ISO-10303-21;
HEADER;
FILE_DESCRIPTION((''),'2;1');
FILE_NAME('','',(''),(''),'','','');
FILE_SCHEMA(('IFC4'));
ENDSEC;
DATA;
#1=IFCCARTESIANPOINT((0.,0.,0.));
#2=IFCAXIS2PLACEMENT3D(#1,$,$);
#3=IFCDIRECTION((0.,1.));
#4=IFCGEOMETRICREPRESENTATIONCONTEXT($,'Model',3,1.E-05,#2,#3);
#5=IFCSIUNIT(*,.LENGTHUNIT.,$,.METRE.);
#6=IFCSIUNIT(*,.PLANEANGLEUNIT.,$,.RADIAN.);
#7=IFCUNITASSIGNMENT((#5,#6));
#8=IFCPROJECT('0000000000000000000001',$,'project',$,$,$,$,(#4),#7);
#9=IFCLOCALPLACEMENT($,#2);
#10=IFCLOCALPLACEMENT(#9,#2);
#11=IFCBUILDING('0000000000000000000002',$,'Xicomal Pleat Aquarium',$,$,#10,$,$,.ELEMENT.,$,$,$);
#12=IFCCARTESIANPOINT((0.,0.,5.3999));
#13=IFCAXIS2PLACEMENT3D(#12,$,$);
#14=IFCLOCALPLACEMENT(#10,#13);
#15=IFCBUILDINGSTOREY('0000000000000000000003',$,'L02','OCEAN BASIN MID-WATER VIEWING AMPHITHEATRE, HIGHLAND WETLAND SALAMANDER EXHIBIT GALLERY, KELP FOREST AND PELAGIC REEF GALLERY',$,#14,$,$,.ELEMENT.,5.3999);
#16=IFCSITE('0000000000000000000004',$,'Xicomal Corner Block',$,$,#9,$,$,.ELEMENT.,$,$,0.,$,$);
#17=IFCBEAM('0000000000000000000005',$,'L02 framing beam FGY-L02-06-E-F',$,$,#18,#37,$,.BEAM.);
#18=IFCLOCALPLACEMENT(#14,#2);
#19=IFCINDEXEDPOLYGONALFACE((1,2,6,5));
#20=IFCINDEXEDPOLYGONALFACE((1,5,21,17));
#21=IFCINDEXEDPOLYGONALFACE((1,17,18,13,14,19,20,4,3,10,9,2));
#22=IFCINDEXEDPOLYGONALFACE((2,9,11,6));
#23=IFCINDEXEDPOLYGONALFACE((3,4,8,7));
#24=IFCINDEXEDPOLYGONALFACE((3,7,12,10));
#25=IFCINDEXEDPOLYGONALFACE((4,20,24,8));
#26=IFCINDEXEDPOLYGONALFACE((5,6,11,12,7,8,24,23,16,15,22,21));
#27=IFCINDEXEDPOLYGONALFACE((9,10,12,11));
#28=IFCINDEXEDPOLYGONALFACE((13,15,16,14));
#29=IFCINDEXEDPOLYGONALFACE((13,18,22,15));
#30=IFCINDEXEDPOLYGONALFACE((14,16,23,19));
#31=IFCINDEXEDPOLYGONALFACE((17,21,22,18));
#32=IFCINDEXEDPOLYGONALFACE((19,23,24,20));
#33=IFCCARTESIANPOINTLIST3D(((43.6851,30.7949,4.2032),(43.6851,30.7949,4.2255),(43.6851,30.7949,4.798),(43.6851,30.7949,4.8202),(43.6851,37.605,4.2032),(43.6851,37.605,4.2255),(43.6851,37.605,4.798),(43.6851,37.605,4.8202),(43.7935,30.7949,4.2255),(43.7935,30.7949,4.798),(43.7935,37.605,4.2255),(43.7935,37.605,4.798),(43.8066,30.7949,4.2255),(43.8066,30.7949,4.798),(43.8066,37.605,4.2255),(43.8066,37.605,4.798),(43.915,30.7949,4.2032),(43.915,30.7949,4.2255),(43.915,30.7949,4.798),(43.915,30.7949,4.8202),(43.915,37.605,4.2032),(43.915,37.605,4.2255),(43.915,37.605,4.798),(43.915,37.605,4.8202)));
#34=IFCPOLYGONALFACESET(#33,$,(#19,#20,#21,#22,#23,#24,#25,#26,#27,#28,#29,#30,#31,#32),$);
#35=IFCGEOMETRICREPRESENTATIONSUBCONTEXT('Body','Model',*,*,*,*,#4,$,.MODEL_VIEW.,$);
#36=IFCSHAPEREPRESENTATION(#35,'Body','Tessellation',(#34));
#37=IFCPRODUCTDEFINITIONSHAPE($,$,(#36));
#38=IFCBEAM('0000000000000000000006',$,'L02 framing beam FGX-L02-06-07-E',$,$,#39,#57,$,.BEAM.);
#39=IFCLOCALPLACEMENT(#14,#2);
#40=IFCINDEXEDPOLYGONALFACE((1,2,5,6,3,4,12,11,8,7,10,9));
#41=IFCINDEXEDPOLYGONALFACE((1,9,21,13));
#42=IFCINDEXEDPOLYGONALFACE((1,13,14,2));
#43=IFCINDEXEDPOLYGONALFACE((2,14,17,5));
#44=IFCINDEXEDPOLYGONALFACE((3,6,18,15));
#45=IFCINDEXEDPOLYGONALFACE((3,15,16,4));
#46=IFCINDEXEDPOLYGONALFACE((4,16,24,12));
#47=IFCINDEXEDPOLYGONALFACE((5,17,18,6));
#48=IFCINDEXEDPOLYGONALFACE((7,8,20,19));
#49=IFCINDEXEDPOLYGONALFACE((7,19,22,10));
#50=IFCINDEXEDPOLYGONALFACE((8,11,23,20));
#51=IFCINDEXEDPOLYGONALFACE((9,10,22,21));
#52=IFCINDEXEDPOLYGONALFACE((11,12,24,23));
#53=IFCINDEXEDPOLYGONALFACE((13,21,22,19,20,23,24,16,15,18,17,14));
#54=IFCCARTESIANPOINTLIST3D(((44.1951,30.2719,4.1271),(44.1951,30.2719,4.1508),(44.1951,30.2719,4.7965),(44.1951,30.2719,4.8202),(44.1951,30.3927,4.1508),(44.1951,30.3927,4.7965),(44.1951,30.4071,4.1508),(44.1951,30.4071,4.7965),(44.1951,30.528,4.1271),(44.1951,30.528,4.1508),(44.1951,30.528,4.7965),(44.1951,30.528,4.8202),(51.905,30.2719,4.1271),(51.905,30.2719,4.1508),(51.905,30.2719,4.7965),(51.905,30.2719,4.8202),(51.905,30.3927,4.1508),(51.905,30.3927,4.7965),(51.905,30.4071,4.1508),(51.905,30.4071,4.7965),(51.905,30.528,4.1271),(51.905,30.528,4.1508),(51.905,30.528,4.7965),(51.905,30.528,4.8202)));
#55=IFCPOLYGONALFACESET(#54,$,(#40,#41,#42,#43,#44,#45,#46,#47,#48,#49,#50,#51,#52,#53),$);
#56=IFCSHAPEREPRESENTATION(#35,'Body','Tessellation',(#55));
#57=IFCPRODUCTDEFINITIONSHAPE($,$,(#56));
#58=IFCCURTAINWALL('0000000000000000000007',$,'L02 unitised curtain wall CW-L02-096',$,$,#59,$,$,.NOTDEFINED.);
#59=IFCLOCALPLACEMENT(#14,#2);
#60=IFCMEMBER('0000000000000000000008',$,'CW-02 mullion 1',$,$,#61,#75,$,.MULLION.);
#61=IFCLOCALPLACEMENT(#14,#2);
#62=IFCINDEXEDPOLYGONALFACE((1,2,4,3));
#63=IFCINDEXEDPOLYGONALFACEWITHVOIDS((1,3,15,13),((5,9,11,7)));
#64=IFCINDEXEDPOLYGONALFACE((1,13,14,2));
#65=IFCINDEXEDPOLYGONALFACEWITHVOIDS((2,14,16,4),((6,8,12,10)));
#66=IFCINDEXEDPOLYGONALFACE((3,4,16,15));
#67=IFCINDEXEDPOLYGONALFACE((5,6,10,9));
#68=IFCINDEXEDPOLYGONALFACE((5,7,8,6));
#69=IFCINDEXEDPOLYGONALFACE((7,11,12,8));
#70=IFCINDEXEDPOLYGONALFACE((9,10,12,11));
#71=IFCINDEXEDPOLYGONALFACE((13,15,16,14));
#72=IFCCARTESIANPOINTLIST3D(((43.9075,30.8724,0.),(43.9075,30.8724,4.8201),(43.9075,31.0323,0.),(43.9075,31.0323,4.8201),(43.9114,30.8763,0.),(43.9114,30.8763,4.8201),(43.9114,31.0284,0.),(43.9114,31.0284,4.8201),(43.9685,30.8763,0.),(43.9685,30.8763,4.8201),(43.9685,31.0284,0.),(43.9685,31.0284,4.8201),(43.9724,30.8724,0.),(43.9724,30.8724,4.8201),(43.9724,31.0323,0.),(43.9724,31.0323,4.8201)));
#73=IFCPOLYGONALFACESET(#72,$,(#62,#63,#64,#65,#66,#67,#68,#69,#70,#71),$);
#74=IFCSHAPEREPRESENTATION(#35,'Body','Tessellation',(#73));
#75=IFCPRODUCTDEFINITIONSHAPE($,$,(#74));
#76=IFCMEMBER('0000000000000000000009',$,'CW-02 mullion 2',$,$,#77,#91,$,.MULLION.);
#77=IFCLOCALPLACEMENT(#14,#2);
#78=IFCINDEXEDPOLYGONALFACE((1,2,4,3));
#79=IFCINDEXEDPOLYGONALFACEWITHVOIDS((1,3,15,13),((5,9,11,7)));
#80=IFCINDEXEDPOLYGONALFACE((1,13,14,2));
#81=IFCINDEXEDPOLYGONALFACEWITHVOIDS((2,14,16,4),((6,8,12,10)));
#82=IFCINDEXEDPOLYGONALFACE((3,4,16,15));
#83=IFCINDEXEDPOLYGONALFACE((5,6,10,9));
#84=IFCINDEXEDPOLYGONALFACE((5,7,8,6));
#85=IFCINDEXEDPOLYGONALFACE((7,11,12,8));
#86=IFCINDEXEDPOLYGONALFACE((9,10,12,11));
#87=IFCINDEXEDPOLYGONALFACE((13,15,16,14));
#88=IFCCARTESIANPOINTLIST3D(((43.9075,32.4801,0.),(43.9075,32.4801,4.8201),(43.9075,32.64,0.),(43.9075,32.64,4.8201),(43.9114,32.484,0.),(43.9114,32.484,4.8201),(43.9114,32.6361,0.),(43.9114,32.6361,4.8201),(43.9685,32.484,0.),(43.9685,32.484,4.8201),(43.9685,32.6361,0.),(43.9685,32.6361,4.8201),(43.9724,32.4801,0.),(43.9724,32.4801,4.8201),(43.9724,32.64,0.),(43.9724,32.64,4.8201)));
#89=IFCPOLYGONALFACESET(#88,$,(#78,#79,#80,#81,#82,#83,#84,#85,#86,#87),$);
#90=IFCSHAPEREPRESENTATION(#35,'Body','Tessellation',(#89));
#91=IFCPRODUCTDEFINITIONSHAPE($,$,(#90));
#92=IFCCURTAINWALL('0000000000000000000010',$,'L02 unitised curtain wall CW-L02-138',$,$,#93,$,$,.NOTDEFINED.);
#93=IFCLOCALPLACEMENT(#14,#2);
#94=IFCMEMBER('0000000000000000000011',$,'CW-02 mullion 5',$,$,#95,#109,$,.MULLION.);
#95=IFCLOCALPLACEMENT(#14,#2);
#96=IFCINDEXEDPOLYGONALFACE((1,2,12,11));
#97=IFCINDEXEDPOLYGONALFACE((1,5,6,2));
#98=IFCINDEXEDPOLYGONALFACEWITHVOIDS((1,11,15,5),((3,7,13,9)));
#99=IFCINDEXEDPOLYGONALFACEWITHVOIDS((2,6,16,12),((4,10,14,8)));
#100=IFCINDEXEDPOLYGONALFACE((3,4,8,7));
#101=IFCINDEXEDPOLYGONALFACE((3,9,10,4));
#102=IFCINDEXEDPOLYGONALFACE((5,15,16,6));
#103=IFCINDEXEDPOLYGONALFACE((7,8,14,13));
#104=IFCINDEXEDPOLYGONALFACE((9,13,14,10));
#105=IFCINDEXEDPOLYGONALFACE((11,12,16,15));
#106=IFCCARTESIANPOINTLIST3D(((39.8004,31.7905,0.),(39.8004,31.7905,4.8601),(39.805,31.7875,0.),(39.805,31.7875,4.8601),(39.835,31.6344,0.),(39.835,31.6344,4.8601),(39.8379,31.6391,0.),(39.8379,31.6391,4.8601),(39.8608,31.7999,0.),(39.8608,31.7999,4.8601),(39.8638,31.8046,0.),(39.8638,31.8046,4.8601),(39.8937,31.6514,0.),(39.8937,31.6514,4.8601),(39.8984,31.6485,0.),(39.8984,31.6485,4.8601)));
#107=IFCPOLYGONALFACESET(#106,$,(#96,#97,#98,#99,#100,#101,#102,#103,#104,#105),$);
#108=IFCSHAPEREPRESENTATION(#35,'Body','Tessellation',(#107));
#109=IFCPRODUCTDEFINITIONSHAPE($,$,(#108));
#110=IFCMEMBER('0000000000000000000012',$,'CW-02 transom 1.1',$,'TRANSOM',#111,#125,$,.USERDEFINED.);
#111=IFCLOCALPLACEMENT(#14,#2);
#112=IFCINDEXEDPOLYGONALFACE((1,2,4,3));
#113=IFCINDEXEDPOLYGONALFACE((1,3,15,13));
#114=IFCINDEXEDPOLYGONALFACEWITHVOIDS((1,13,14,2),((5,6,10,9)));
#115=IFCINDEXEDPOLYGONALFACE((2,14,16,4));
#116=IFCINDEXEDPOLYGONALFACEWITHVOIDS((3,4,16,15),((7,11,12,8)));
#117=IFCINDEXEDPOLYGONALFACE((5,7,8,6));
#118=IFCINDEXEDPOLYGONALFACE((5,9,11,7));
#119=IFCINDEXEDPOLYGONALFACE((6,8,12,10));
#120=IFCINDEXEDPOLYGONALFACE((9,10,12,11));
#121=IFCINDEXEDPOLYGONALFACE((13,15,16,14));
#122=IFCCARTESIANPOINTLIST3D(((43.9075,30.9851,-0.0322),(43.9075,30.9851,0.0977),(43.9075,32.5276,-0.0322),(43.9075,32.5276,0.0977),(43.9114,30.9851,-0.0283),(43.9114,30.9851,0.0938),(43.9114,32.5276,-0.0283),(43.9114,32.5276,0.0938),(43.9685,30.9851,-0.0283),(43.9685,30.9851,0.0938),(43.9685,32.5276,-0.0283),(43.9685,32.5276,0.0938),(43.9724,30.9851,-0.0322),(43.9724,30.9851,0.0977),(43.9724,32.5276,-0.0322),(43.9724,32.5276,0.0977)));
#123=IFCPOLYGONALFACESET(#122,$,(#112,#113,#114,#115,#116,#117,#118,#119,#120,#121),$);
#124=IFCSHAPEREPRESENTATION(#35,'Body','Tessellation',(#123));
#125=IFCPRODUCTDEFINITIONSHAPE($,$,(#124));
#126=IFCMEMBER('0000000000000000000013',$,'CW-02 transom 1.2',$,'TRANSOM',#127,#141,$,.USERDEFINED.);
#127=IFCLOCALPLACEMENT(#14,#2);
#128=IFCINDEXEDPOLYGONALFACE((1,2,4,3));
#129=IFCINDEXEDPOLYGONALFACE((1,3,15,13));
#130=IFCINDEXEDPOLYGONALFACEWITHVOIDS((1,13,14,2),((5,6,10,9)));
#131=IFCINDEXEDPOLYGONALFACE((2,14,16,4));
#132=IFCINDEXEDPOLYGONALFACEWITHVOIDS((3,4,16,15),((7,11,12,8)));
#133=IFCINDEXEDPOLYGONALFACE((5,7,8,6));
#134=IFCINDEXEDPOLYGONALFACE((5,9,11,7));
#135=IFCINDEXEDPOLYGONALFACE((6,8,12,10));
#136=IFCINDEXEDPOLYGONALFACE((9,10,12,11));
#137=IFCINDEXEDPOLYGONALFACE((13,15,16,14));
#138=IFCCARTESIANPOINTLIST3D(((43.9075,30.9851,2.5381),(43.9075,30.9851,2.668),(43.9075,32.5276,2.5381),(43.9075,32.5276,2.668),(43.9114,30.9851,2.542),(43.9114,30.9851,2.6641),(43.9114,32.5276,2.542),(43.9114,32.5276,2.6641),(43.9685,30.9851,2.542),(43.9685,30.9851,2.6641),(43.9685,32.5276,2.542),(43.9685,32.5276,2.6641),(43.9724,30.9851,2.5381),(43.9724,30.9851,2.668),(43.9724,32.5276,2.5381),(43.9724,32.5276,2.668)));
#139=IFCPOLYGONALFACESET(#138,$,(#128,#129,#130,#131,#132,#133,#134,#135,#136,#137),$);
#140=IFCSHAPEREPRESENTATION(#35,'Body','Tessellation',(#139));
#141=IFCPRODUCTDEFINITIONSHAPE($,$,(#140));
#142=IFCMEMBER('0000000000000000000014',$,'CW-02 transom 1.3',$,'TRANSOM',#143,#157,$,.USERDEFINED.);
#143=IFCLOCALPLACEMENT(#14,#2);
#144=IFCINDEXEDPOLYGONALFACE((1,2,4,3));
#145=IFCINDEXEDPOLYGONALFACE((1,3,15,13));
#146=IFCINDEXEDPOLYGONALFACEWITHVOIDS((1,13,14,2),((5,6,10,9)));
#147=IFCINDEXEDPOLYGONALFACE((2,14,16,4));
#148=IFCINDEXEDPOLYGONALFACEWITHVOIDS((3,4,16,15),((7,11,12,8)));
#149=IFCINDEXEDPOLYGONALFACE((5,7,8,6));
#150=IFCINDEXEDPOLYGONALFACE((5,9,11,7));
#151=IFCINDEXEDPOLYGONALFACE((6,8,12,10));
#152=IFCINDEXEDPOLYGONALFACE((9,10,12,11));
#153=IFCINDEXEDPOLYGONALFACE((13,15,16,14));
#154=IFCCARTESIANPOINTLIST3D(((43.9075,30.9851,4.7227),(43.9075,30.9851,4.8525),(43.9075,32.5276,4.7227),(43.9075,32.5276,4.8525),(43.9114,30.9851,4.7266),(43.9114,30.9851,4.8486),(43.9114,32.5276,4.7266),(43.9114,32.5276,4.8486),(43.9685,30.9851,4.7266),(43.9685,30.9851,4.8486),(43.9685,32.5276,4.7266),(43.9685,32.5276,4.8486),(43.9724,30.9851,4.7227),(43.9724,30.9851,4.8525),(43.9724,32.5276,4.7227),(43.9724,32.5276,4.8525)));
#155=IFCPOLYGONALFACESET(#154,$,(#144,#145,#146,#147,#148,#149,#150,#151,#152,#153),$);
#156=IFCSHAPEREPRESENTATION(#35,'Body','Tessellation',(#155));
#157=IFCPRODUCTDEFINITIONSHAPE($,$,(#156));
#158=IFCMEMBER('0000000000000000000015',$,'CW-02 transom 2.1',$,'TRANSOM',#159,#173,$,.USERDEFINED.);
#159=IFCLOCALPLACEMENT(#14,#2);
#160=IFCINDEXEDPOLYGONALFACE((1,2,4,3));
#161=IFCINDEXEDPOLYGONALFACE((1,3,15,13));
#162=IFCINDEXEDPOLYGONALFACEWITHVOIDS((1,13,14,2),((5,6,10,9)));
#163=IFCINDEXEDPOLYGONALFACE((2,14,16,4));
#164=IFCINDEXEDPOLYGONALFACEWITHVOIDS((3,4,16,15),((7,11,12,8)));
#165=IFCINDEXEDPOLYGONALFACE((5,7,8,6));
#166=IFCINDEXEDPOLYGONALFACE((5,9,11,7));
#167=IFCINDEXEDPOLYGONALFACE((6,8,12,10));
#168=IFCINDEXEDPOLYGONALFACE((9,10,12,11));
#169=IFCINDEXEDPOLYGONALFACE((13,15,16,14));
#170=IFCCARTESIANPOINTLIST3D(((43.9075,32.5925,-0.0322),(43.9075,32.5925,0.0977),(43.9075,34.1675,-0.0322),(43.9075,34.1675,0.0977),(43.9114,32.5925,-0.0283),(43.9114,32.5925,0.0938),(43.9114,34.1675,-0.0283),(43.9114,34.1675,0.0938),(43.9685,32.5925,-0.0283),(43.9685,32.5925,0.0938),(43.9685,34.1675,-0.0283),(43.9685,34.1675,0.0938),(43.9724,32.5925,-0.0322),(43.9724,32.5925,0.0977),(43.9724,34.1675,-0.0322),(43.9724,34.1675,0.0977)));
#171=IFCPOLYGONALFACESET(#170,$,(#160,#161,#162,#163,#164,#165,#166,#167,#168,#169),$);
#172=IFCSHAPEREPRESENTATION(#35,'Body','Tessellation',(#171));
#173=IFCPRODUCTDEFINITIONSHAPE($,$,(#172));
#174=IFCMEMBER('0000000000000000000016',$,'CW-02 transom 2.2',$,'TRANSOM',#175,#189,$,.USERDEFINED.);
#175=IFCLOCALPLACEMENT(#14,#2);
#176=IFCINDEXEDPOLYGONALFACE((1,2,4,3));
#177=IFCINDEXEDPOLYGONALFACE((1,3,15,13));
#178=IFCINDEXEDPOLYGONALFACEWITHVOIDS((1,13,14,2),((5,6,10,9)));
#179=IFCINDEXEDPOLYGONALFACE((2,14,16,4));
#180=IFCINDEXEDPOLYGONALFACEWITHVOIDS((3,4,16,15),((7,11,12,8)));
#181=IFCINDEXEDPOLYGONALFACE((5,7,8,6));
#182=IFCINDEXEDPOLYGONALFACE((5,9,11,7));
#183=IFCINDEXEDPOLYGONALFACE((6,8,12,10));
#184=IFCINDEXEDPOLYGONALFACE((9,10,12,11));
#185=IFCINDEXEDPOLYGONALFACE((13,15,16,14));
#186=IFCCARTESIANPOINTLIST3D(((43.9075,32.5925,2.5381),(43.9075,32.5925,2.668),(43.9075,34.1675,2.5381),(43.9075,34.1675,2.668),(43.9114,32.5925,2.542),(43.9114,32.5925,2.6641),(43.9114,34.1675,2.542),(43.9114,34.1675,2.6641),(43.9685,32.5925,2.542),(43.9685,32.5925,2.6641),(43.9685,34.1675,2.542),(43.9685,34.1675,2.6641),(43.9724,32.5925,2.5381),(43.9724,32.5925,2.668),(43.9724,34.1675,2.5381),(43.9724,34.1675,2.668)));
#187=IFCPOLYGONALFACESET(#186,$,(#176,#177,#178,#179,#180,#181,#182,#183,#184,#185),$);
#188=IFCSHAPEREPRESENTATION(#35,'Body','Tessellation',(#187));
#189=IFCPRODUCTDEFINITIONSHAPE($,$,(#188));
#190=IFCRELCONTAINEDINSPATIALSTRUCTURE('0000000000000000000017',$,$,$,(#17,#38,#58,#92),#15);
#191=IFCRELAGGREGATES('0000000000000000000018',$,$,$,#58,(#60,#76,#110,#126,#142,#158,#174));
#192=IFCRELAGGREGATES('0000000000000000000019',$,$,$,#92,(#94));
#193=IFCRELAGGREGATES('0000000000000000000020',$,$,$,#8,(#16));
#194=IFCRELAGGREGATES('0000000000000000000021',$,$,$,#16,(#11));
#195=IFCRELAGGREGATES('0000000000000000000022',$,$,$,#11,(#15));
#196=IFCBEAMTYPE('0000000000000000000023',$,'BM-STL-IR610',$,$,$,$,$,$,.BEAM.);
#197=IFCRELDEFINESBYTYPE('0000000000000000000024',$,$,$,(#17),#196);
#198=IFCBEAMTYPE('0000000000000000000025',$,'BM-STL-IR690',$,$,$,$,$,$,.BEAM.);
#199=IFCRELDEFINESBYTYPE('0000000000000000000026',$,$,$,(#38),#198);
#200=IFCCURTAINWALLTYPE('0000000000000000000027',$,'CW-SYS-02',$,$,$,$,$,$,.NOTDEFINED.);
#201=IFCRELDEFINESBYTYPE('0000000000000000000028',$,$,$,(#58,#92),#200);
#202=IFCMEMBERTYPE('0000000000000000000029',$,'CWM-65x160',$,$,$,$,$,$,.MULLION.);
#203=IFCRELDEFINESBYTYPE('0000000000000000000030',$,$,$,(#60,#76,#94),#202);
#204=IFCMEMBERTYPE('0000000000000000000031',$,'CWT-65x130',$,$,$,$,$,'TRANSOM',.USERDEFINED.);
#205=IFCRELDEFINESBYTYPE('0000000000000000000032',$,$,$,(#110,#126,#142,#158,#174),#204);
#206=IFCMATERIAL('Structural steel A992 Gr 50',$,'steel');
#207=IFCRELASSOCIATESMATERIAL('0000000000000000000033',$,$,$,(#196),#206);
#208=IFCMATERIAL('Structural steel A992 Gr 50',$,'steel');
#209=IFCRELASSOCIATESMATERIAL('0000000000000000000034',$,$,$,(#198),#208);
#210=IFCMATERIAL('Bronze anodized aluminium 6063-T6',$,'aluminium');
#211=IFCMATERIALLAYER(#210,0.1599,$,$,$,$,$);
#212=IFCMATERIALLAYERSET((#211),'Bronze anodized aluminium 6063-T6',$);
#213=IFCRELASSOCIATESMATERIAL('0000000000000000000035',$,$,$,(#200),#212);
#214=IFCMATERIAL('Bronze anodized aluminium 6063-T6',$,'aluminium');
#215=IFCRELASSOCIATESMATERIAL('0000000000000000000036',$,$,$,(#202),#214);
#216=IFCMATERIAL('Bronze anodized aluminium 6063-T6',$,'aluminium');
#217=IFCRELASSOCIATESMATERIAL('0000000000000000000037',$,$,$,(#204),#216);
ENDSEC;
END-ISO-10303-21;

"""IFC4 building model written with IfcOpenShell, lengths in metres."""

from ifc_helpers import new_model, si_unit, direction, frame, origin, origin_2d, place, context, subcontext, project, spatial, hollow_rectangle, i_section, extrude, material, layer, layer_set, material_profile, profile_set, type_object, element, aggregate, save


model = new_model("IFC4")

# Units and contexts
model_context = context("Model", 3, precision=1e-05, world=origin(), true_north=direction((0.0, 1.0)))
body_context = subcontext(model_context, "Body", "Model", "MODEL_VIEW")
ifc_project = project(units=[si_unit("LENGTHUNIT", "METRE"), si_unit("PLANEANGLEUNIT", "RADIAN")], contexts=[model_context])

# Site, building, storey
site_placement = place(None, origin())
site = spatial("IfcSite", under=ifc_project, at=site_placement, Name="Xicomal Corner Block", CompositionType="ELEMENT", RefElevation=0.0)
building_placement = place(site_placement, origin())
building = spatial("IfcBuilding", under=site, at=building_placement, Name="Xicomal Pleat Aquarium", CompositionType="ELEMENT")
storey_placement = place(building_placement, frame((0.0, 0.0, 5.3999)))
storey = spatial("IfcBuildingStorey", under=building, at=storey_placement, Name="L02", Description="OCEAN BASIN MID-WATER VIEWING AMPHITHEATRE, HIGHLAND WETLAND SALAMANDER EXHIBIT GALLERY, KELP FOREST AND PELAGIC REEF GALLERY", CompositionType="ELEMENT", Elevation=5.3999)

# Beams
ifc_material_1 = material(Name="Structural steel A992 Gr 50", Category="steel")
ifc_material_profile_1 = material_profile(ifc_material_1, i_section(OverallWidth=0.23, OverallDepth=0.6169, WebThickness=0.0132, FlangeThickness=0.0222, at=origin_2d()), Name="IR 610x140")
ifc_profile_set_1 = profile_set([ifc_material_profile_1], Name="Structural steel A992 Gr 50")
beam_type_1 = type_object("IfcBeamType", Name="BM-STL-IR610", PredefinedType="BEAM", material=ifc_profile_set_1)
beam_1_placement = place(storey_placement, frame((43.8, 30.7949, 4.5117), z_axis=(0.0, 1.0, 0.0), x_axis=(-1.0, 0.0, 0.0)))
element("IfcBeam", 1, at=beam_1_placement, inside=storey, type_object=beam_type_1, Name="L02 framing beam FGY-L02-06-E-F", PredefinedType="BEAM", context=body_context, shape_type="SweptSolid", body=[
    extrude(i_section(OverallWidth=0.23, OverallDepth=0.6169, WebThickness=0.0132, FlangeThickness=0.0222, at=origin_2d()), origin(), (0.0, 0.0, 1.0), 6.8101),
])
ifc_material_2 = material(Name="Structural steel A992 Gr 50", Category="steel")
ifc_material_profile_2 = material_profile(ifc_material_2, i_section(OverallWidth=0.2561, OverallDepth=0.6931, WebThickness=0.0144, FlangeThickness=0.0237, at=origin_2d()), Name="IR 690x170")
ifc_profile_set_2 = profile_set([ifc_material_profile_2], Name="Structural steel A992 Gr 50")
beam_type_2 = type_object("IfcBeamType", Name="BM-STL-IR690", PredefinedType="BEAM", material=ifc_profile_set_2)
beam_2_placement = place(storey_placement, frame((44.1951, 30.3999, 4.4736), z_axis=(1.0, 0.0, 0.0), x_axis=(0.0, 1.0, 0.0)))
element("IfcBeam", 2, at=beam_2_placement, inside=storey, type_object=beam_type_2, Name="L02 framing beam FGX-L02-06-07-E", PredefinedType="BEAM", context=body_context, shape_type="SweptSolid", body=[
    extrude(i_section(OverallWidth=0.2561, OverallDepth=0.6931, WebThickness=0.0144, FlangeThickness=0.0237, at=origin_2d()), origin(), (0.0, 0.0, 1.0), 7.71),
])

# Curtain wall, members
ifc_material_3 = material(Name="Bronze anodized aluminium 6063-T6", Category="aluminium")
ifc_layer_1 = layer(ifc_material_3, 0.1599)
ifc_layer_set_1 = layer_set([ifc_layer_1], Name="Bronze anodized aluminium 6063-T6")
curtain_wall_type = type_object("IfcCurtainWallType", Name="CW-SYS-02", PredefinedType="NOTDEFINED", material=ifc_layer_set_1)
curtain_wall_1_placement = place(storey_placement, origin())
curtain_wall_1 = element("IfcCurtainWall", 3, at=curtain_wall_1_placement, inside=storey, type_object=curtain_wall_type, Name="L02 unitised curtain wall CW-L02-096", PredefinedType="NOTDEFINED")
ifc_material_4 = material(Name="Bronze anodized aluminium 6063-T6", Category="aluminium")
ifc_material_profile_3 = material_profile(ifc_material_4, hollow_rectangle(XDim=0.0649, YDim=0.1599, WallThickness=0.0039, at=origin_2d()), Name="ALU MULL 65x160")
ifc_profile_set_3 = profile_set([ifc_material_profile_3], Name="Bronze anodized aluminium 6063-T6")
member_type_1 = type_object("IfcMemberType", Name="CWM-65x160", PredefinedType="MULLION", material=ifc_profile_set_3)
member_1_placement = place(storey_placement, frame((43.9399, 30.9524, 0.0), z_axis=(0.0, 0.0, 1.0), x_axis=(-1.0, 0.0, 0.0)))
member_1 = element("IfcMember", 4, at=member_1_placement, type_object=member_type_1, Name="CW-02 mullion 1", PredefinedType="MULLION", context=body_context, shape_type="SweptSolid", body=[
    extrude(hollow_rectangle(XDim=0.0649, YDim=0.1599, WallThickness=0.0039, at=origin_2d()), origin(), (0.0, 0.0, 1.0), 4.8201),
])
member_2_placement = place(storey_placement, frame((43.9399, 32.5601, 0.0), z_axis=(0.0, 0.0, 1.0), x_axis=(-1.0, 0.0, 0.0)))
member_2 = element("IfcMember", 5, at=member_2_placement, type_object=member_type_1, Name="CW-02 mullion 2", PredefinedType="MULLION", context=body_context, shape_type="SweptSolid", body=[
    extrude(hollow_rectangle(XDim=0.0649, YDim=0.1599, WallThickness=0.0039, at=origin_2d()), origin(), (0.0, 0.0, 1.0), 4.8201),
])

# Curtain wall, member
curtain_wall_2_placement = place(storey_placement, origin())
curtain_wall_2 = element("IfcCurtainWall", 6, at=curtain_wall_2_placement, inside=storey, type_object=curtain_wall_type, Name="L02 unitised curtain wall CW-L02-138", PredefinedType="NOTDEFINED")
member_3_placement = place(storey_placement, frame((39.8494, 31.7195, 0.0), z_axis=(0.0, 0.0, 1.0), x_axis=(0.976272, 0.216547, 0.0)))
member_3 = element("IfcMember", 7, at=member_3_placement, type_object=member_type_1, Name="CW-02 mullion 5", PredefinedType="MULLION", context=body_context, shape_type="SweptSolid", body=[
    extrude(hollow_rectangle(XDim=0.0649, YDim=0.1599, WallThickness=0.0039, at=origin_2d()), origin(), (0.0, 0.0, 1.0), 4.8601),
])

# Members
ifc_material_5 = material(Name="Bronze anodized aluminium 6063-T6", Category="aluminium")
ifc_material_profile_4 = material_profile(ifc_material_5, hollow_rectangle(XDim=0.0649, YDim=0.1299, WallThickness=0.0039, at=origin_2d()), Name="ALU TRAN 65x130")
ifc_profile_set_4 = profile_set([ifc_material_profile_4], Name="Bronze anodized aluminium 6063-T6")
member_type_2 = type_object("IfcMemberType", Name="CWT-65x130", ElementType="TRANSOM", PredefinedType="USERDEFINED", material=ifc_profile_set_4)
member_4_placement = place(storey_placement, frame((43.9399, 30.9851, 0.0327), z_axis=(0.0, 1.0, 0.0), x_axis=(-1.0, 0.0, 0.0)))
member_4 = element("IfcMember", 8, at=member_4_placement, type_object=member_type_2, Name="CW-02 transom 1.1", ObjectType="TRANSOM", PredefinedType="USERDEFINED", context=body_context, shape_type="SweptSolid", body=[
    extrude(hollow_rectangle(XDim=0.0649, YDim=0.1299, WallThickness=0.0039, at=origin_2d()), origin(), (0.0, 0.0, 1.0), 1.5425),
])
member_5_placement = place(storey_placement, frame((43.9399, 30.9851, 2.603), z_axis=(0.0, 1.0, 0.0), x_axis=(-1.0, 0.0, 0.0)))
member_5 = element("IfcMember", 9, at=member_5_placement, type_object=member_type_2, Name="CW-02 transom 1.2", ObjectType="TRANSOM", PredefinedType="USERDEFINED", context=body_context, shape_type="SweptSolid", body=[
    extrude(hollow_rectangle(XDim=0.0649, YDim=0.1299, WallThickness=0.0039, at=origin_2d()), origin(), (0.0, 0.0, 1.0), 1.5425),
])
member_6_placement = place(storey_placement, frame((43.9399, 30.9851, 4.7876), z_axis=(0.0, 1.0, 0.0), x_axis=(-1.0, 0.0, 0.0)))
member_6 = element("IfcMember", 10, at=member_6_placement, type_object=member_type_2, Name="CW-02 transom 1.3", ObjectType="TRANSOM", PredefinedType="USERDEFINED", context=body_context, shape_type="SweptSolid", body=[
    extrude(hollow_rectangle(XDim=0.0649, YDim=0.1299, WallThickness=0.0039, at=origin_2d()), origin(), (0.0, 0.0, 1.0), 1.5425),
])
member_7_placement = place(storey_placement, frame((43.9399, 32.5925, 0.0327), z_axis=(0.0, 1.0, 0.0), x_axis=(-1.0, 0.0, 0.0)))
member_7 = element("IfcMember", 11, at=member_7_placement, type_object=member_type_2, Name="CW-02 transom 2.1", ObjectType="TRANSOM", PredefinedType="USERDEFINED", context=body_context, shape_type="SweptSolid", body=[
    extrude(hollow_rectangle(XDim=0.0649, YDim=0.1299, WallThickness=0.0039, at=origin_2d()), origin(), (0.0, 0.0, 1.0), 1.575),
])
member_8_placement = place(storey_placement, frame((43.9399, 32.5925, 2.603), z_axis=(0.0, 1.0, 0.0), x_axis=(-1.0, 0.0, 0.0)))
member_8 = element("IfcMember", 12, at=member_8_placement, type_object=member_type_2, Name="CW-02 transom 2.2", ObjectType="TRANSOM", PredefinedType="USERDEFINED", context=body_context, shape_type="SweptSolid", body=[
    extrude(hollow_rectangle(XDim=0.0649, YDim=0.1299, WallThickness=0.0039, at=origin_2d()), origin(), (0.0, 0.0, 1.0), 1.575),
])

aggregate(curtain_wall_1, [member_1, member_2, member_4, member_5, member_6, member_7, member_8])
aggregate(curtain_wall_2, [member_3])

save(model, "model.ifc")
